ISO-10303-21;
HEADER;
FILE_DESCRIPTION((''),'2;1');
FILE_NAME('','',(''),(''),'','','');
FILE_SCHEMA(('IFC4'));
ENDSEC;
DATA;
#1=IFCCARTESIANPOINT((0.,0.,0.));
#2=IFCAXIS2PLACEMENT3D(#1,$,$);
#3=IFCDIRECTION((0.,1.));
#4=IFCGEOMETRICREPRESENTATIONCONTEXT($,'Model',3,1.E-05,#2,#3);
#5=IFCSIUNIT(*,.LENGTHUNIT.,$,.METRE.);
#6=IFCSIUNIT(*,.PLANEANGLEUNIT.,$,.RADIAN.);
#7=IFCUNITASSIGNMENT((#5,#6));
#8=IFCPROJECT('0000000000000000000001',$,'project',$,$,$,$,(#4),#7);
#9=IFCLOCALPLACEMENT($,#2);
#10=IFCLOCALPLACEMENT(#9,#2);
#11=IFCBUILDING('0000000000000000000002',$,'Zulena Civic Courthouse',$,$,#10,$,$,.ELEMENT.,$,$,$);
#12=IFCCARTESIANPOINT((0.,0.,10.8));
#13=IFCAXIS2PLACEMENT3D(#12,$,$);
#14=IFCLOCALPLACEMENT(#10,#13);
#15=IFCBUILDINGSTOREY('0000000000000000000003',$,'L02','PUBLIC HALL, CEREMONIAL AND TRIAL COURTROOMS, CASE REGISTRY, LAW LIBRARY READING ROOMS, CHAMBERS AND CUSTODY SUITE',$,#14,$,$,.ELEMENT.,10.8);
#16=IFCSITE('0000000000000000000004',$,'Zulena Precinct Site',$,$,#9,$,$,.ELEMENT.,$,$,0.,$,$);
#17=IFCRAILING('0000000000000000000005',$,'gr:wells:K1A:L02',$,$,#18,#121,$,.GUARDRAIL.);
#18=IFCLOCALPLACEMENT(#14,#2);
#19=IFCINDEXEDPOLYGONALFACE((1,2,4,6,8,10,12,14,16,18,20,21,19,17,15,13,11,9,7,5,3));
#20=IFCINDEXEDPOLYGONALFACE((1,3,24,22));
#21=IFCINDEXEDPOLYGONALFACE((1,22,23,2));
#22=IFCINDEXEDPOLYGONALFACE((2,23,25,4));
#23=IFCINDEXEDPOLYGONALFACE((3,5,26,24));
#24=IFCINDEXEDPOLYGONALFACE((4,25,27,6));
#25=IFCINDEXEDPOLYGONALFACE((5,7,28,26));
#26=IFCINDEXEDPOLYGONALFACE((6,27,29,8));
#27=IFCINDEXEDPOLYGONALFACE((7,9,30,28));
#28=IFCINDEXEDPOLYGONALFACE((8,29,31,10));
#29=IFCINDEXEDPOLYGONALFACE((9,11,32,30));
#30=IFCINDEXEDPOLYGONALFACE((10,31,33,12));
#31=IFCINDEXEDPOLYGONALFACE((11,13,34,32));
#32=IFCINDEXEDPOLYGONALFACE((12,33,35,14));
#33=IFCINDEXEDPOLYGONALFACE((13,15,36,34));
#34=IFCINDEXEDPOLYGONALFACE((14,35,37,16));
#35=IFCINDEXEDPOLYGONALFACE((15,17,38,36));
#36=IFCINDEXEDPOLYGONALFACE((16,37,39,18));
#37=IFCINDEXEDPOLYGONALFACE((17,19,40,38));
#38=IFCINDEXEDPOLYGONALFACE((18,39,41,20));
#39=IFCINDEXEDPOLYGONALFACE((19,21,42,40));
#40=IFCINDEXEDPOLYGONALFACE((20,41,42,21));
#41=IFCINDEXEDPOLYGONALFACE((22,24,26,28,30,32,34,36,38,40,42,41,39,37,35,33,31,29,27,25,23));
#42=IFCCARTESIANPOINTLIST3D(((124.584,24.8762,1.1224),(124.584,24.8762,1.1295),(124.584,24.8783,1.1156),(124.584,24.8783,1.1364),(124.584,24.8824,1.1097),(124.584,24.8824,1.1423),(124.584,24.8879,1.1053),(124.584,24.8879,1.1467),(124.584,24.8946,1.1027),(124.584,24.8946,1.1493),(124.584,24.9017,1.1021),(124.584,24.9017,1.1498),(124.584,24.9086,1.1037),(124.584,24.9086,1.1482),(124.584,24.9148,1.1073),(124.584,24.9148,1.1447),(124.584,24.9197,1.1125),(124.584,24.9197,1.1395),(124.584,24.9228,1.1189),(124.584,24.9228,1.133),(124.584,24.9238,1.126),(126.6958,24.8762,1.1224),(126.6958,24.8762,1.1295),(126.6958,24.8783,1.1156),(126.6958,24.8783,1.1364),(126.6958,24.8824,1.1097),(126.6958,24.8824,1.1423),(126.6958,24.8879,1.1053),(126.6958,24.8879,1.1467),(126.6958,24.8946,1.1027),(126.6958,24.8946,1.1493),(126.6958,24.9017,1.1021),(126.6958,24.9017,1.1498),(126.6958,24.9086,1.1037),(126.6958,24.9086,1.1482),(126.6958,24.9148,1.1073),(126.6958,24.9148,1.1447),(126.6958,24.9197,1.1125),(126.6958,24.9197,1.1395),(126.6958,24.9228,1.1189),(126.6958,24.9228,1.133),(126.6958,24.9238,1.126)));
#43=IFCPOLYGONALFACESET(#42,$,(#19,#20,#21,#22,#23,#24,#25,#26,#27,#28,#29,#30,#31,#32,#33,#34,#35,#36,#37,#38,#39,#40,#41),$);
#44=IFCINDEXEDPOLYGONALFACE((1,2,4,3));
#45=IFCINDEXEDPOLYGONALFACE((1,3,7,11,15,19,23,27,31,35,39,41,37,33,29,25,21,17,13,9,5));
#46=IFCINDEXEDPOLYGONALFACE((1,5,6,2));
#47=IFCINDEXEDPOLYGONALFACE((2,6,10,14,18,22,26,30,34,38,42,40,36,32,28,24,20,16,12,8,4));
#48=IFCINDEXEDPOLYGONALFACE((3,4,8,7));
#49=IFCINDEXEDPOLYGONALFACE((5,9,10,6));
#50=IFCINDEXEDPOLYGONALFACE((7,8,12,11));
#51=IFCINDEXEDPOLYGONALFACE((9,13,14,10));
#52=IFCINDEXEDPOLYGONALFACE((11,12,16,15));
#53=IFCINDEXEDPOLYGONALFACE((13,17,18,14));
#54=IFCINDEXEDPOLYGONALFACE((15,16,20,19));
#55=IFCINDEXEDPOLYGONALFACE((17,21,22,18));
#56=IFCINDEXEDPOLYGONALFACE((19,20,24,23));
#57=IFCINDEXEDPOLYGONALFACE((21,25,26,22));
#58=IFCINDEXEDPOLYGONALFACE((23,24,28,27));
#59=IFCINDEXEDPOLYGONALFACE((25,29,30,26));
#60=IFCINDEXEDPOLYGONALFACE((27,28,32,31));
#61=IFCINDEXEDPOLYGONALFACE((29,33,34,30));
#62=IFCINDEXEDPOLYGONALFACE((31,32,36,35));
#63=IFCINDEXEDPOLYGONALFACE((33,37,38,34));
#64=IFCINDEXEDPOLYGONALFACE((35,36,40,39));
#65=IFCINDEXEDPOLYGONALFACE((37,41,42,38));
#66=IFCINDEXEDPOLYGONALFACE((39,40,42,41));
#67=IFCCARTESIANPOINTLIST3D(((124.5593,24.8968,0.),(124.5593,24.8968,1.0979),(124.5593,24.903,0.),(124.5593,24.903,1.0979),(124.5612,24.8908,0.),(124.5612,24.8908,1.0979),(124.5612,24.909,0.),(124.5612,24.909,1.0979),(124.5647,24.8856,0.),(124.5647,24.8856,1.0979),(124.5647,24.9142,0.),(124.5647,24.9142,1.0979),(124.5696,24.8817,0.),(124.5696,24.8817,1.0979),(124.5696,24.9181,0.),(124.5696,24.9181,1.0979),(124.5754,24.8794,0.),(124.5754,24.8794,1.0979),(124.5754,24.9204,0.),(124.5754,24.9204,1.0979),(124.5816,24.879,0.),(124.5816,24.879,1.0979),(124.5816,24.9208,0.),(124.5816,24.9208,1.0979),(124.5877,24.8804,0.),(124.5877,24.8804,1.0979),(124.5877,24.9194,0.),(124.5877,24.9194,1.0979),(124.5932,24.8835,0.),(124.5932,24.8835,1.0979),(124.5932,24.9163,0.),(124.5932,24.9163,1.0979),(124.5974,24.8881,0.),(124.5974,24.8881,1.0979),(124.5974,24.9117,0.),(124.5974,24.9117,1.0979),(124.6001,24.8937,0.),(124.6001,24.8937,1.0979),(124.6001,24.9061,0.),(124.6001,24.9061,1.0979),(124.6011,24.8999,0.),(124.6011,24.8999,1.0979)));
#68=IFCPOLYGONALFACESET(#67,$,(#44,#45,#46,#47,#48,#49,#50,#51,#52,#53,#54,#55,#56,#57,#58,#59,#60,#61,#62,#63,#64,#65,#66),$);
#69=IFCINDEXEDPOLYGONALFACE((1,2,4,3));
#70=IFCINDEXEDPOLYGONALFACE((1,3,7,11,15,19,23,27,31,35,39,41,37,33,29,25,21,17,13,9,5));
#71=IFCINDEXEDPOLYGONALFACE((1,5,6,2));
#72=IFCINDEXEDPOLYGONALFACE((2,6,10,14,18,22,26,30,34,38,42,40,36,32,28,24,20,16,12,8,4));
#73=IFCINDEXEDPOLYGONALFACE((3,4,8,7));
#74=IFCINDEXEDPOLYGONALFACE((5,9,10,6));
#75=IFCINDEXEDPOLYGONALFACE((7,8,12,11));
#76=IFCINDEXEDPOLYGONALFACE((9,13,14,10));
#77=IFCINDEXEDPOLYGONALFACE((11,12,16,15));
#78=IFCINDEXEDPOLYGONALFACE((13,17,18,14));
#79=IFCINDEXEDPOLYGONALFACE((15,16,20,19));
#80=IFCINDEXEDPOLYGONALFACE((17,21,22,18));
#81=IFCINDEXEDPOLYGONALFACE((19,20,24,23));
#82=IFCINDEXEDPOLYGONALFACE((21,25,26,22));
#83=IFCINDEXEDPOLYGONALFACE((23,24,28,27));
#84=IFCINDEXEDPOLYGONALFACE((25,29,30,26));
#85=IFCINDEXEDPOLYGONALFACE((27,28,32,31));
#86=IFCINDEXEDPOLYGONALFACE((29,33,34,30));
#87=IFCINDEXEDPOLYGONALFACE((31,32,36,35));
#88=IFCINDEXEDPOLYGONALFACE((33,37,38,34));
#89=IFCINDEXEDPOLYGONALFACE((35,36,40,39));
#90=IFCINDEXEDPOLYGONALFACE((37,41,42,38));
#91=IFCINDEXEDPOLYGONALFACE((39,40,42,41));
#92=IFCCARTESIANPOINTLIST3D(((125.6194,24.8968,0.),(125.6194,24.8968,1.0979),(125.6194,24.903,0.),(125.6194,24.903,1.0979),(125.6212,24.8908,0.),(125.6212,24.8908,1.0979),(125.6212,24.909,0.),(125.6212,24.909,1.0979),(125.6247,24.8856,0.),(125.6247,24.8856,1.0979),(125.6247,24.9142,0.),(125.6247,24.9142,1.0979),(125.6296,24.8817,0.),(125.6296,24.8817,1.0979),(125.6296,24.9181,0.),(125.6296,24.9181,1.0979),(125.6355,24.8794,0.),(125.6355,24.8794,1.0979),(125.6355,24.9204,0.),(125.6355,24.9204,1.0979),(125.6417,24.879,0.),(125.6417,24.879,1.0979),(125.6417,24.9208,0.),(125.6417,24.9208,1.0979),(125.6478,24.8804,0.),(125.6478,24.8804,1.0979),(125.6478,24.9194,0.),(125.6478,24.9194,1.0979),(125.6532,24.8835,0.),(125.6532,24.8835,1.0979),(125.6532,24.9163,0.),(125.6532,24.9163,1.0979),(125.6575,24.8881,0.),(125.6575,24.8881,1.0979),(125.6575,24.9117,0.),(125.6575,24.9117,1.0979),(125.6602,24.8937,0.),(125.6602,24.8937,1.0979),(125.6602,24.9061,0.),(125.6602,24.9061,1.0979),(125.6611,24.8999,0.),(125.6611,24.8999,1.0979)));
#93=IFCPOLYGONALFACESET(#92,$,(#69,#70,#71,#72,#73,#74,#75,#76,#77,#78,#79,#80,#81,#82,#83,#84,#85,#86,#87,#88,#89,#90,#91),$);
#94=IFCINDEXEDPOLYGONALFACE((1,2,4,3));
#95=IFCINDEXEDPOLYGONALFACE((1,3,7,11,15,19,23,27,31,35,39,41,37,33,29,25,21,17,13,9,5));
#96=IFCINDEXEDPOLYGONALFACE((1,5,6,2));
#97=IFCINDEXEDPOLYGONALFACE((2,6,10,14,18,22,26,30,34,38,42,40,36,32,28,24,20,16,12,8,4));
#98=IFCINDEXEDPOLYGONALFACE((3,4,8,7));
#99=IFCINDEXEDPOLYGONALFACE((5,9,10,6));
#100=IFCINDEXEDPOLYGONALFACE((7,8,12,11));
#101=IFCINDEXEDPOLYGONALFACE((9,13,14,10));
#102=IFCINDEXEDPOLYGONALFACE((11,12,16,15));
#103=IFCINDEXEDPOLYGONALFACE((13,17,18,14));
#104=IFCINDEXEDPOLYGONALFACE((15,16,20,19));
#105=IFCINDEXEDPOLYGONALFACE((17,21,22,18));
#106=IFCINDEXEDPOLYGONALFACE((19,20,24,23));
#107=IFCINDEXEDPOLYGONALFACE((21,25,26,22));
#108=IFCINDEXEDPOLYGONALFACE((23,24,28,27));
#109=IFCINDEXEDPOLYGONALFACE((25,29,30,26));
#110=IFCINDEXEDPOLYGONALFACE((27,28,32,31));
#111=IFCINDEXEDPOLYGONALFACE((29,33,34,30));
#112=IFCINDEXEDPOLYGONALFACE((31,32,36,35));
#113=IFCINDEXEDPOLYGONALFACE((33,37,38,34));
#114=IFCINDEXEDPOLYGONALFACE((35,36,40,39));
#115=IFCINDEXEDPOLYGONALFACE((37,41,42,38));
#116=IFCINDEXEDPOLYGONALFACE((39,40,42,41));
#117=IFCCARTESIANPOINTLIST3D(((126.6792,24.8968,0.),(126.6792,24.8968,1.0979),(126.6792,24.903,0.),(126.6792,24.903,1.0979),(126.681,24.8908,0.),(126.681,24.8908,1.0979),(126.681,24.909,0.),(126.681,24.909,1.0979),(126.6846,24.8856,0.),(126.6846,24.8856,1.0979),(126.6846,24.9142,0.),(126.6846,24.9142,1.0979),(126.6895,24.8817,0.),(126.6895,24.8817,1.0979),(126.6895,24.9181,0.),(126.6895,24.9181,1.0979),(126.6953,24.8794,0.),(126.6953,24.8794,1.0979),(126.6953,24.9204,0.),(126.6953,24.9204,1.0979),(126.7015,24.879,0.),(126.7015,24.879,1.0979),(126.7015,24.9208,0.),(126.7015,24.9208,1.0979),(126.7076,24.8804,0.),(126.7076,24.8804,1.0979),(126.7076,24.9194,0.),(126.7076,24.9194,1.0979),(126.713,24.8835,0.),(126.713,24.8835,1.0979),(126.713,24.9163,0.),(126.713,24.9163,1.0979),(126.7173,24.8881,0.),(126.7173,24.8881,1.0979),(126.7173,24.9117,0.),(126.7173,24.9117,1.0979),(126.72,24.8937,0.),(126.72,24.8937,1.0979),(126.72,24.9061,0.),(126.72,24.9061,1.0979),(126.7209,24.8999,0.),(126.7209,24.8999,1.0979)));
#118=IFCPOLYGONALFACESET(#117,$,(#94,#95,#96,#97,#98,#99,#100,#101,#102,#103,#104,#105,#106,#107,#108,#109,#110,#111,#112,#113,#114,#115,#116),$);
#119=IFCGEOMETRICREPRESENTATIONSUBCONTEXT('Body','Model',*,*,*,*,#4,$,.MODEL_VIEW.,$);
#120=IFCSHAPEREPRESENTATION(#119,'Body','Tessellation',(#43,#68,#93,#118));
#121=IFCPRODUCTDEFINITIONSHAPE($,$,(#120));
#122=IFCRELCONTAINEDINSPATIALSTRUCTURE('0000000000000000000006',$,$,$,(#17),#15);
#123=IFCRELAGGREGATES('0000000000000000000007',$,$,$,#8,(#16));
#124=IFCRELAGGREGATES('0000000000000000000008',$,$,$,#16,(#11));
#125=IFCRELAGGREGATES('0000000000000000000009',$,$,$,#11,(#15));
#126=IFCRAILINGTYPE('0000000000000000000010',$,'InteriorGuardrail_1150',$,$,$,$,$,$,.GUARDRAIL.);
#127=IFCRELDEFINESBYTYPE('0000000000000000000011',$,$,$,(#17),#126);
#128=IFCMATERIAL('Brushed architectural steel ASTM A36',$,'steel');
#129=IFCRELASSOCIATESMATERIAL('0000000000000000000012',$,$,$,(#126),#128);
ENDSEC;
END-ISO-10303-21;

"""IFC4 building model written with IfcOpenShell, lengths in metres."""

from ifc_helpers import new_model, si_unit, direction, frame, origin, origin_2d, place, context, subcontext, project, spatial, circle, extrude, material, type_object, element, save


model = new_model("IFC4")

# Units and contexts
model_context = context("Model", 3, precision=1e-05, world=origin(), true_north=direction((0.0, 1.0)))
body_context = subcontext(model_context, "Body", "Model", "MODEL_VIEW")
ifc_project = project(units=[si_unit("LENGTHUNIT", "METRE"), si_unit("PLANEANGLEUNIT", "RADIAN")], contexts=[model_context])

# Site, building, storey
site_placement = place(None, origin())
site = spatial("IfcSite", under=ifc_project, at=site_placement, Name="Zulena Precinct Site", CompositionType="ELEMENT", RefElevation=0.0)
building_placement = place(site_placement, origin())
building = spatial("IfcBuilding", under=site, at=building_placement, Name="Zulena Civic Courthouse", CompositionType="ELEMENT")
storey_placement = place(building_placement, frame((0.0, 0.0, 10.8)))
storey = spatial("IfcBuildingStorey", under=building, at=storey_placement, Name="L02", Description="PUBLIC HALL, CEREMONIAL AND TRIAL COURTROOMS, CASE REGISTRY, LAW LIBRARY READING ROOMS, CHAMBERS AND CUSTODY SUITE", CompositionType="ELEMENT", Elevation=10.8)

# Railing
ifc_material_1 = material(Name="Brushed architectural steel ASTM A36", Category="steel")
railing_type_1 = type_object("IfcRailingType", Name="InteriorGuardrail_1150", PredefinedType="GUARDRAIL", material=ifc_material_1)
railing_1_placement = place(storey_placement, frame((124.5801, 24.8999, 0.0)))
element("IfcRailing", 1, at=railing_1_placement, inside=storey, type_object=railing_type_1, Name="gr:wells:K1A:L02", PredefinedType="GUARDRAIL", context=body_context, shape_type="SweptSolid", body=[
    extrude(circle(Radius=0.0239, at=origin_2d()), frame((0.0039, 0.0, 1.126), z_axis=(1.0, 0.0, 0.0), x_axis=(0.0, 1.0, 0.0)), (0.0, 0.0, 1.0), 2.1118),
    extrude(circle(Radius=0.021, at=origin_2d()), origin(), (0.0, 0.0, 1.0), 1.0979),
    extrude(circle(Radius=0.021, at=origin_2d()), frame((1.0601, 0.0, 0.0)), (0.0, 0.0, 1.0), 1.0979),
    extrude(circle(Radius=0.021, at=origin_2d()), frame((2.1199, 0.0, 0.0)), (0.0, 0.0, 1.0), 1.0979),
])

save(model, "model.ifc")
